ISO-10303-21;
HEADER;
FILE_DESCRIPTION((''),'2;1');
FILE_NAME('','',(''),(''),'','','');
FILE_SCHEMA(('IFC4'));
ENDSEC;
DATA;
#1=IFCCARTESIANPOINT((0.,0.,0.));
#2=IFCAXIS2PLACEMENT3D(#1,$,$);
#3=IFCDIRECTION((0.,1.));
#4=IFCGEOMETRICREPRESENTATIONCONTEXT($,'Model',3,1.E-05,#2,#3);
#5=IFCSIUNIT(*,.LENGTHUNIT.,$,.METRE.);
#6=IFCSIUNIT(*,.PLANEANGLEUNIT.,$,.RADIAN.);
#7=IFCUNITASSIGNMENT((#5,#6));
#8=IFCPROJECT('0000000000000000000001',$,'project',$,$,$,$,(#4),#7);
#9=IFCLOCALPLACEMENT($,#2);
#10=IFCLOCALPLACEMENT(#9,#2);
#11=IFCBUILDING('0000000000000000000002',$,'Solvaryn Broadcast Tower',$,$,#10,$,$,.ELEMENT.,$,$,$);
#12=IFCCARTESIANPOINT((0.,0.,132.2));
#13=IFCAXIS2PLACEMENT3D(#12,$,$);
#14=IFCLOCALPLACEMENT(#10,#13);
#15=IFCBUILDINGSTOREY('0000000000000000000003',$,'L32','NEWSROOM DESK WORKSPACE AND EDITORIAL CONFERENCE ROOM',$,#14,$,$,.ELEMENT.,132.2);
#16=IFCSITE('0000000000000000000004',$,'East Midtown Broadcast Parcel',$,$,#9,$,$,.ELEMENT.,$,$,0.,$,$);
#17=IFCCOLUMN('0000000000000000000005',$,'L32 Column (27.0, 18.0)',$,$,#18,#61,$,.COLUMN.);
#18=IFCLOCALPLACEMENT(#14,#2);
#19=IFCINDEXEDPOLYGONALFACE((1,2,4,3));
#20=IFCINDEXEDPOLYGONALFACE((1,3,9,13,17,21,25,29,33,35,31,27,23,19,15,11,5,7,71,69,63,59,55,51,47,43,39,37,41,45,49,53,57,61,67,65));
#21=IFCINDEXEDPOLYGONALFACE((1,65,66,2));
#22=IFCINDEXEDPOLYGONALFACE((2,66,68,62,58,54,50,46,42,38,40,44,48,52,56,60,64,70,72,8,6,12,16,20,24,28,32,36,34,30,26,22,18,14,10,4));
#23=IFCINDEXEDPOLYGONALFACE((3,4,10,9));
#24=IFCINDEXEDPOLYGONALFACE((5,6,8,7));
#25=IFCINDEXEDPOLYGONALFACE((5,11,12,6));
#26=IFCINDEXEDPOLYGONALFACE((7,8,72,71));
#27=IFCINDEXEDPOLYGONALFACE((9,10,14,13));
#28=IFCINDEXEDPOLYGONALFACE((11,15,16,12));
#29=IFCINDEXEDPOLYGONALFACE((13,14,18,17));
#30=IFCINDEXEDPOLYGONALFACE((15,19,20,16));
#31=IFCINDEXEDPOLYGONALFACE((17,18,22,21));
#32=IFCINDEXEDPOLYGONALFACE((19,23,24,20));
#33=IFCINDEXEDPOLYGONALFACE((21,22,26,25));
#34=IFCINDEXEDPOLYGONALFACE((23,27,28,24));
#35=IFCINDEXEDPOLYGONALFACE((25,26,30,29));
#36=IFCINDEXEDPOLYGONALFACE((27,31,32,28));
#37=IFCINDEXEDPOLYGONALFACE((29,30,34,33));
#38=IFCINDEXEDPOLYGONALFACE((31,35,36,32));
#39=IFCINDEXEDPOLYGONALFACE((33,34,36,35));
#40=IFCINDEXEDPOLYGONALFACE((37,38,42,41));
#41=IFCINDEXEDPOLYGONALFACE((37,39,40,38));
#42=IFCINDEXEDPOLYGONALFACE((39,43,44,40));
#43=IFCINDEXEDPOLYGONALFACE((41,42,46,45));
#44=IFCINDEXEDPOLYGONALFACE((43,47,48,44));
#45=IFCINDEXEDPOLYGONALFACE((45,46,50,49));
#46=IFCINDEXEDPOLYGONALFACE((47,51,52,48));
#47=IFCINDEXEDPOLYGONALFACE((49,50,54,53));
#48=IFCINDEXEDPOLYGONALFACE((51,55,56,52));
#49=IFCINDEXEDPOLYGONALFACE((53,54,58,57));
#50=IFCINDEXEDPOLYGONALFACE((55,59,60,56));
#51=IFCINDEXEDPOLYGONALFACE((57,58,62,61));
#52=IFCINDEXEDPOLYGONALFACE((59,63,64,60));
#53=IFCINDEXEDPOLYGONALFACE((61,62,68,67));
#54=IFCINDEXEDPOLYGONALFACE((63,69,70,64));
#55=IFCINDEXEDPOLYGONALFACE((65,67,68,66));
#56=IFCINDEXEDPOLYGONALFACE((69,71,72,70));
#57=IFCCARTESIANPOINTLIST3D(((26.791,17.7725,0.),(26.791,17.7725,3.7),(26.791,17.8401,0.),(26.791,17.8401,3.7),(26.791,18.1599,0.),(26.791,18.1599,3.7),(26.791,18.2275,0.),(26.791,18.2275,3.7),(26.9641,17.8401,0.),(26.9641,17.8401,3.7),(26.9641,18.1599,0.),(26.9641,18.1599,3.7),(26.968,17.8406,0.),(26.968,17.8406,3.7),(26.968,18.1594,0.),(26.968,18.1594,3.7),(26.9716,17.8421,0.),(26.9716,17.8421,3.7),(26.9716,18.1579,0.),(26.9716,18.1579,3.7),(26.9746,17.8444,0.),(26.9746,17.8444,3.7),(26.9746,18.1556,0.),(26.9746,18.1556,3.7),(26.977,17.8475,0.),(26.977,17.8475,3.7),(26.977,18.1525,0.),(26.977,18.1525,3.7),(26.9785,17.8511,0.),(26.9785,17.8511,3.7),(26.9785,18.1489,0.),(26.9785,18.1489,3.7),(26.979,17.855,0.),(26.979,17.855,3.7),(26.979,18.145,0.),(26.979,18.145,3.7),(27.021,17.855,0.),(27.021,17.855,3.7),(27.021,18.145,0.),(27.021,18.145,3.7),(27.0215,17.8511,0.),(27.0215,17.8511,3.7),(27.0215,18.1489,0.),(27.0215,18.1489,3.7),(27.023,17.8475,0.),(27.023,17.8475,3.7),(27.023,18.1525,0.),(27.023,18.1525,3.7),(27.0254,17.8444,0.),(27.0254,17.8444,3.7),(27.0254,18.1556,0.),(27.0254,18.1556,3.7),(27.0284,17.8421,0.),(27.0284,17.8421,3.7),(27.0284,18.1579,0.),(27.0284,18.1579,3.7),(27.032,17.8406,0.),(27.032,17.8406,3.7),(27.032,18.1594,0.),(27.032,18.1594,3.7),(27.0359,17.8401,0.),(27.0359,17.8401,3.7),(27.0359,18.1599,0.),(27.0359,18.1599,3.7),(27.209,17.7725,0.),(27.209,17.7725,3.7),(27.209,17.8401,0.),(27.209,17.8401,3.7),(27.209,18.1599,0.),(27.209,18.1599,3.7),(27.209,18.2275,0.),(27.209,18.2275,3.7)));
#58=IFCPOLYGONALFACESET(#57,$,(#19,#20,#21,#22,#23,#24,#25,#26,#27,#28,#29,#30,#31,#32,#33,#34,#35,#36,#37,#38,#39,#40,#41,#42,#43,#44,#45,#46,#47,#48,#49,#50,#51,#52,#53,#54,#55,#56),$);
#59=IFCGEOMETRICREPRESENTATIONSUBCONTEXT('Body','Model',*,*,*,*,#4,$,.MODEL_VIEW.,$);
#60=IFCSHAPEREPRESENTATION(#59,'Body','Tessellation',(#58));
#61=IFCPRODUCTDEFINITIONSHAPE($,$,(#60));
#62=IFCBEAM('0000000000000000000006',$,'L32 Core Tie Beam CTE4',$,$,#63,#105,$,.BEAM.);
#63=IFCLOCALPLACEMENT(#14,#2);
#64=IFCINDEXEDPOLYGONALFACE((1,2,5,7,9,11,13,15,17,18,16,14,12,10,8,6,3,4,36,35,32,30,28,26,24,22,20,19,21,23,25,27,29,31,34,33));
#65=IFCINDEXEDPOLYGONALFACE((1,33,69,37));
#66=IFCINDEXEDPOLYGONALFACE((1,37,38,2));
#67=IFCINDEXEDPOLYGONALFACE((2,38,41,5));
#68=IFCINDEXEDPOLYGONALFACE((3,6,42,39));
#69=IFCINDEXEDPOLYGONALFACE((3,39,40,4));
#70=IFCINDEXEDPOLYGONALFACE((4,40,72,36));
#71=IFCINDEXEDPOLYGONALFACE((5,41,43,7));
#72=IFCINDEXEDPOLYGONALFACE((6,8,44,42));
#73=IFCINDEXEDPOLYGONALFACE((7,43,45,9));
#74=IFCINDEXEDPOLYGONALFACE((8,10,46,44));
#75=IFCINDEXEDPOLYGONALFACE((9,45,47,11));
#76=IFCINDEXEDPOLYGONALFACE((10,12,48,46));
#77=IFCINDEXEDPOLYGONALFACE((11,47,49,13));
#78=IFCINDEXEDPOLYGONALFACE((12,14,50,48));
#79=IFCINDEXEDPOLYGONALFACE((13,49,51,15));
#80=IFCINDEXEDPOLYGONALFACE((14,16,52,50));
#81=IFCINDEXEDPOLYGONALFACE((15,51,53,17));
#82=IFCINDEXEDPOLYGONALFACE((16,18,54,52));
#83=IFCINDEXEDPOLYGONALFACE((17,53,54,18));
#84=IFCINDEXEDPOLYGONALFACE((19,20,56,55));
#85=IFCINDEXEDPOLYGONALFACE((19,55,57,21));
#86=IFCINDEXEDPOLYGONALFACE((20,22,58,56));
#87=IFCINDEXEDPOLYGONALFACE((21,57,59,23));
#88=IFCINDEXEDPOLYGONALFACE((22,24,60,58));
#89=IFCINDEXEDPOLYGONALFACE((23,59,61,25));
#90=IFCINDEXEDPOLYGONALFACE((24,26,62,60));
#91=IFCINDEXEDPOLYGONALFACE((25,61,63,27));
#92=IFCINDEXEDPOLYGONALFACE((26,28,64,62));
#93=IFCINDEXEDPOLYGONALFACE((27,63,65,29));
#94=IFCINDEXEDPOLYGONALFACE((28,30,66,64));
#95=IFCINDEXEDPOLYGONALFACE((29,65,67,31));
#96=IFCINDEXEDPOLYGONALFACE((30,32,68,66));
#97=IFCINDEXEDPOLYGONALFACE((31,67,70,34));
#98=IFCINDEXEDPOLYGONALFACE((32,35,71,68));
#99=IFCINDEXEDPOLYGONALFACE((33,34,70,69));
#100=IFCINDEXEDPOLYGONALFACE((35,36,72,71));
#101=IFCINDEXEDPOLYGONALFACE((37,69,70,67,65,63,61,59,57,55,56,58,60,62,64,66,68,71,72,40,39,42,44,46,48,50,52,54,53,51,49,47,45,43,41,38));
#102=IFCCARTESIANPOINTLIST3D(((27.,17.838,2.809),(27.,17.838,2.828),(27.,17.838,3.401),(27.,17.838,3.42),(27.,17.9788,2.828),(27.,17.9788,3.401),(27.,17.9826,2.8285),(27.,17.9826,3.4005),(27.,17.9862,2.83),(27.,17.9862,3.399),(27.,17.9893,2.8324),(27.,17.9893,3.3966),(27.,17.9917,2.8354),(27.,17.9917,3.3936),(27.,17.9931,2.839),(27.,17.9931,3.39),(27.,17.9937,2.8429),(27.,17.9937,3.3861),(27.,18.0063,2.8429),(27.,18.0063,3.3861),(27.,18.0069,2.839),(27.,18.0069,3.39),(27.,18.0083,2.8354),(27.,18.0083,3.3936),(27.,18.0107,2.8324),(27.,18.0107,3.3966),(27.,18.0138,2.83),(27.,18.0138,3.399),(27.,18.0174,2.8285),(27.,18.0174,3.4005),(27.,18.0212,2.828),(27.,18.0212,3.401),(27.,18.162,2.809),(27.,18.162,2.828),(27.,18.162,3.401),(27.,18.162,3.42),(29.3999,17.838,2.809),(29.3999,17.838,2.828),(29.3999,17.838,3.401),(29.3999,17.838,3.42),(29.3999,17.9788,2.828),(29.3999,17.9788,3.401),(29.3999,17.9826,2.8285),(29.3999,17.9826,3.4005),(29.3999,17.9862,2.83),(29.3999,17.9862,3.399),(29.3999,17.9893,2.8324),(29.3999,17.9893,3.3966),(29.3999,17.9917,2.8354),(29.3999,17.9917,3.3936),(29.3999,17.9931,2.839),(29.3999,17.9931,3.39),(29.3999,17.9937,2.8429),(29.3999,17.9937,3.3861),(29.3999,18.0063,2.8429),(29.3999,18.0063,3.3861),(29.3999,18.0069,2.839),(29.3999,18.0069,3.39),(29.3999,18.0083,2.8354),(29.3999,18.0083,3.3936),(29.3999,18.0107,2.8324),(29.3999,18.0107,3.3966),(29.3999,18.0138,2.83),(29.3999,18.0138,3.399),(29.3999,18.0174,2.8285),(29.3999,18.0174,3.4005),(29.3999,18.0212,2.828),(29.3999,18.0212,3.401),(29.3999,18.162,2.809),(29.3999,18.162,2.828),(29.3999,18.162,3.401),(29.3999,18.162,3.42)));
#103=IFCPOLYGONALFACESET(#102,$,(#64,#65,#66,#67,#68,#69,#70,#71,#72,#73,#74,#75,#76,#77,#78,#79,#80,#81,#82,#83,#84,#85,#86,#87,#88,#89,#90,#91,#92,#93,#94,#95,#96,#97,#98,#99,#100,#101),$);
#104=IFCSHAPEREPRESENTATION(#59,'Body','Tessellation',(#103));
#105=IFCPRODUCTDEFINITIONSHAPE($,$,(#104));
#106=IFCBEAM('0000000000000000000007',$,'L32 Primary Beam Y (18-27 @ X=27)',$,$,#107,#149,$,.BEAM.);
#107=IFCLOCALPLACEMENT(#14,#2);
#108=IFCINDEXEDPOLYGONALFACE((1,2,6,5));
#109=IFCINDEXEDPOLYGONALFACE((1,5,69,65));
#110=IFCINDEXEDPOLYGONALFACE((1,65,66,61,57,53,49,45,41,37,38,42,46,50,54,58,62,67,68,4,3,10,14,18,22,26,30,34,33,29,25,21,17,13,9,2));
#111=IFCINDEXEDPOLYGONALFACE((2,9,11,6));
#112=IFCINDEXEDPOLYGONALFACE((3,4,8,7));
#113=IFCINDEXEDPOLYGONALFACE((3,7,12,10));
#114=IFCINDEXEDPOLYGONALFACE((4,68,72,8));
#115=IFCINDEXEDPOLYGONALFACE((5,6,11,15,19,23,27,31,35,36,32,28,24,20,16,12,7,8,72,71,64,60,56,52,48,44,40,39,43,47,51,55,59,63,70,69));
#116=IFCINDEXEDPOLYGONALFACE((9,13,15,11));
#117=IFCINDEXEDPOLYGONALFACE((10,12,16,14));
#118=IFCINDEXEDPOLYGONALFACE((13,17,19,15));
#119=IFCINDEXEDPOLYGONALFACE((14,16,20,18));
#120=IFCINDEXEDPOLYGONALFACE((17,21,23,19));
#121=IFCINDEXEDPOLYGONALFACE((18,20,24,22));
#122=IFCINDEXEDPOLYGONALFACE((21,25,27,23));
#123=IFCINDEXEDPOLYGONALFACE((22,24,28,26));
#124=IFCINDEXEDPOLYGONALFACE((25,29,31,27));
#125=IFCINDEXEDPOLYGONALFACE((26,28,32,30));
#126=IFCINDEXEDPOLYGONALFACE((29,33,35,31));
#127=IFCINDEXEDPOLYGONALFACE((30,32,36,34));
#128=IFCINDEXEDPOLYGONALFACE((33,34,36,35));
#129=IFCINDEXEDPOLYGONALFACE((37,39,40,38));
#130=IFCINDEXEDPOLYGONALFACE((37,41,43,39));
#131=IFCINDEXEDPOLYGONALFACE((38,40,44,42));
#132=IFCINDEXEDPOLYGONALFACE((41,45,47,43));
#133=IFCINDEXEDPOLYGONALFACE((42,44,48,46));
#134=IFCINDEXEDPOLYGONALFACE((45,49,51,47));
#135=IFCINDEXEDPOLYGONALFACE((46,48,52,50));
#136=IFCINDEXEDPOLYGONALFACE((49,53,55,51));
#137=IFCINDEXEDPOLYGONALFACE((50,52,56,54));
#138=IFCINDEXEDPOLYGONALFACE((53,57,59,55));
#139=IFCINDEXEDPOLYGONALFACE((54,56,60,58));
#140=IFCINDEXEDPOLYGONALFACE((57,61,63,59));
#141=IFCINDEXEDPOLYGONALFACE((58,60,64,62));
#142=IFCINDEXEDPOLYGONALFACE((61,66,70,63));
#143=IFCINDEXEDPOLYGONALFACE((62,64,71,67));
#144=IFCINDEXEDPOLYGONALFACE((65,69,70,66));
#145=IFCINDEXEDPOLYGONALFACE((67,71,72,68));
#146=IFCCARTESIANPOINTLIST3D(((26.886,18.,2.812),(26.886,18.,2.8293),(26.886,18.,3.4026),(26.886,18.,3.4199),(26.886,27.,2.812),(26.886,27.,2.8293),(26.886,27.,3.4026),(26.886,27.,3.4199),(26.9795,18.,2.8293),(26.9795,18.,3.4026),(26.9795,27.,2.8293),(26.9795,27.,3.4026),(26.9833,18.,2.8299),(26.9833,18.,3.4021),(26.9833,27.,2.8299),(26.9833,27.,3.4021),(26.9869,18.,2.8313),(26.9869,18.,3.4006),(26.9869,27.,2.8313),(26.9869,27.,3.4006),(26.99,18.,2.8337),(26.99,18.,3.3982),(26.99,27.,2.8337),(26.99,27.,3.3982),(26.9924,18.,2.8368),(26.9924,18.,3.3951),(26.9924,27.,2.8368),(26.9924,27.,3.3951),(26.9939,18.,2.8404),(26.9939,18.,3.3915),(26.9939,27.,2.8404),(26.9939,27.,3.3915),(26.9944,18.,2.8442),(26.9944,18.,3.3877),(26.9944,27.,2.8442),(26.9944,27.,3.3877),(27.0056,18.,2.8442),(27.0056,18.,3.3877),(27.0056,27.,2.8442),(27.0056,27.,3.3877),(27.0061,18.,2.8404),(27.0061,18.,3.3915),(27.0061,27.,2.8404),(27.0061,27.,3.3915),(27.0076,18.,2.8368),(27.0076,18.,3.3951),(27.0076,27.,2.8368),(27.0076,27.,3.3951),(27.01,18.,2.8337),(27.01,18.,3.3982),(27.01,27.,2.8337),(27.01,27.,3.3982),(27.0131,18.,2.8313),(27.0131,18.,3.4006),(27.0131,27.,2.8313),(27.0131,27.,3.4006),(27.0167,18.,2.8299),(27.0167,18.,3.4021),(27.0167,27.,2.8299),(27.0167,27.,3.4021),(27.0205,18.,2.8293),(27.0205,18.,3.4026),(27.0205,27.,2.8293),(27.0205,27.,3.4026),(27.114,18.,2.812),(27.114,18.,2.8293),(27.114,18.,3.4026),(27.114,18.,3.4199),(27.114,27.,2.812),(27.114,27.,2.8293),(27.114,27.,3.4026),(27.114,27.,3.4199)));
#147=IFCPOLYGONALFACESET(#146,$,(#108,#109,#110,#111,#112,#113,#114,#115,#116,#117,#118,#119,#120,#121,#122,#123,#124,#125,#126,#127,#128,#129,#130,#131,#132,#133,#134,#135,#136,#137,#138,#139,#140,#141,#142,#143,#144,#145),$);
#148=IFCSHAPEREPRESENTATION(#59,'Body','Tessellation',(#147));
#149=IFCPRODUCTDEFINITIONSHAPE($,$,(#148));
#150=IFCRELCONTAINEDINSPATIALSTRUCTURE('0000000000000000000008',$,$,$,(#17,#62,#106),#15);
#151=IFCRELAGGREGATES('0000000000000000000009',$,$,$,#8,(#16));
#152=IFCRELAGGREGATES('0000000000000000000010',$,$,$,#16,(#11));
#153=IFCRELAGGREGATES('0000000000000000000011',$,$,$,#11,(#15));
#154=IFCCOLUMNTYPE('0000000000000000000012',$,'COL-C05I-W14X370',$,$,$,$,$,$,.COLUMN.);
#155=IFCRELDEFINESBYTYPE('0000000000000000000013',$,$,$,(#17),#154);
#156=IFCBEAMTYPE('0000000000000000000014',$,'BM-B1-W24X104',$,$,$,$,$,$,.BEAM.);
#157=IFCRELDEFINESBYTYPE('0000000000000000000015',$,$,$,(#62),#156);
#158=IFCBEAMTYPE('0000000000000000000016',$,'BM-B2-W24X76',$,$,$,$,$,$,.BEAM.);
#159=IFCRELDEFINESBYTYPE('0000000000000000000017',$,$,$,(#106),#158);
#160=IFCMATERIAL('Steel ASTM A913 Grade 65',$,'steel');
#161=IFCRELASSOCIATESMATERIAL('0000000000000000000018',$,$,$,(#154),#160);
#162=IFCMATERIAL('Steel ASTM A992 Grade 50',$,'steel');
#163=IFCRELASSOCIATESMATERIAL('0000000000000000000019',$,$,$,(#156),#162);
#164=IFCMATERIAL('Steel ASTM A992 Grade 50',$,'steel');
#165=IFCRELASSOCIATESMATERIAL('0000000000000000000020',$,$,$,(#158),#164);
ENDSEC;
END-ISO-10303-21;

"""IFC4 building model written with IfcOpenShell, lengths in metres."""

from ifc_helpers import new_model, si_unit, direction, frame, origin, origin_2d, place, context, subcontext, project, spatial, i_section, extrude, material, material_profile, profile_set, type_object, element, save


model = new_model("IFC4")

# Units and contexts
model_context = context("Model", 3, precision=1e-05, world=origin(), true_north=direction((0.0, 1.0)))
body_context = subcontext(model_context, "Body", "Model", "MODEL_VIEW")
ifc_project = project(units=[si_unit("LENGTHUNIT", "METRE"), si_unit("PLANEANGLEUNIT", "RADIAN")], contexts=[model_context])

# Site, building, storey
site_placement = place(None, origin())
site = spatial("IfcSite", under=ifc_project, at=site_placement, Name="East Midtown Broadcast Parcel", CompositionType="ELEMENT", RefElevation=0.0)
building_placement = place(site_placement, origin())
building = spatial("IfcBuilding", under=site, at=building_placement, Name="Solvaryn Broadcast Tower", CompositionType="ELEMENT")
storey_placement = place(building_placement, frame((0.0, 0.0, 132.2)))
storey = spatial("IfcBuildingStorey", under=building, at=storey_placement, Name="L32", Description="NEWSROOM DESK WORKSPACE AND EDITORIAL CONFERENCE ROOM", CompositionType="ELEMENT", Elevation=132.2)

# Column
ifc_material_1 = material(Name="Steel ASTM A913 Grade 65", Category="steel")
ifc_material_profile_1 = material_profile(ifc_material_1, i_section(OverallWidth=0.418, OverallDepth=0.4551, WebThickness=0.042, FlangeThickness=0.0676, FilletRadius=0.0149, at=origin_2d()))
ifc_profile_set_1 = profile_set([ifc_material_profile_1], Name="Steel ASTM A913 Grade 65")
column_type = type_object("IfcColumnType", Name="COL-C05I-W14X370", PredefinedType="COLUMN", material=ifc_profile_set_1)
column_placement = place(storey_placement, frame((27.0, 18.0, 0.0), z_axis=(0.0, 0.0, 1.0), x_axis=(1.0, 0.0, 0.0)))
element("IfcColumn", 1, at=column_placement, inside=storey, type_object=column_type, Name="L32 Column (27.0, 18.0)", PredefinedType="COLUMN", context=body_context, shape_type="SweptSolid", body=[
    extrude(i_section(OverallWidth=0.418, OverallDepth=0.4551, WebThickness=0.042, FlangeThickness=0.0676, FilletRadius=0.0149, at=origin_2d()), origin(), (0.0, 0.0, 1.0), 3.7),
])

# Beams
ifc_material_2 = material(Name="Steel ASTM A992 Grade 50", Category="steel")
ifc_material_profile_2 = material_profile(ifc_material_2, i_section(OverallWidth=0.324, OverallDepth=0.6111, WebThickness=0.0127, FlangeThickness=0.019, FilletRadius=0.0149, at=origin_2d()))
ifc_profile_set_2 = profile_set([ifc_material_profile_2], Name="Steel ASTM A992 Grade 50")
beam_type_1 = type_object("IfcBeamType", Name="BM-B1-W24X104", PredefinedType="BEAM", material=ifc_profile_set_2)
beam_1_placement = place(storey_placement, frame((27.0, 18.0, 3.1145), z_axis=(1.0, 0.0, 0.0), x_axis=(0.0, 1.0, 0.0)))
element("IfcBeam", 2, at=beam_1_placement, inside=storey, type_object=beam_type_1, Name="L32 Core Tie Beam CTE4", PredefinedType="BEAM", context=body_context, shape_type="SweptSolid", body=[
    extrude(i_section(OverallWidth=0.324, OverallDepth=0.6111, WebThickness=0.0127, FlangeThickness=0.019, FilletRadius=0.0149, at=origin_2d()), origin(), (0.0, 0.0, 1.0), 2.3999),
])
ifc_material_3 = material(Name="Steel ASTM A992 Grade 50", Category="steel")
ifc_material_profile_3 = material_profile(ifc_material_3, i_section(OverallWidth=0.228, OverallDepth=0.6079, WebThickness=0.0112, FlangeThickness=0.0173, FilletRadius=0.0149, at=origin_2d()))
ifc_profile_set_3 = profile_set([ifc_material_profile_3], Name="Steel ASTM A992 Grade 50")
beam_type_2 = type_object("IfcBeamType", Name="BM-B2-W24X76", PredefinedType="BEAM", material=ifc_profile_set_3)
beam_2_placement = place(storey_placement, frame((27.0, 18.0, 3.116), z_axis=(0.0, 1.0, 0.0), x_axis=(-1.0, 0.0, 0.0)))
element("IfcBeam", 3, at=beam_2_placement, inside=storey, type_object=beam_type_2, Name="L32 Primary Beam Y (18-27 @ X=27)", PredefinedType="BEAM", context=body_context, shape_type="SweptSolid", body=[
    extrude(i_section(OverallWidth=0.228, OverallDepth=0.6079, WebThickness=0.0112, FlangeThickness=0.0173, FilletRadius=0.0149, at=origin_2d()), origin(), (0.0, 0.0, 1.0), 9.0),
])

save(model, "model.ifc")
